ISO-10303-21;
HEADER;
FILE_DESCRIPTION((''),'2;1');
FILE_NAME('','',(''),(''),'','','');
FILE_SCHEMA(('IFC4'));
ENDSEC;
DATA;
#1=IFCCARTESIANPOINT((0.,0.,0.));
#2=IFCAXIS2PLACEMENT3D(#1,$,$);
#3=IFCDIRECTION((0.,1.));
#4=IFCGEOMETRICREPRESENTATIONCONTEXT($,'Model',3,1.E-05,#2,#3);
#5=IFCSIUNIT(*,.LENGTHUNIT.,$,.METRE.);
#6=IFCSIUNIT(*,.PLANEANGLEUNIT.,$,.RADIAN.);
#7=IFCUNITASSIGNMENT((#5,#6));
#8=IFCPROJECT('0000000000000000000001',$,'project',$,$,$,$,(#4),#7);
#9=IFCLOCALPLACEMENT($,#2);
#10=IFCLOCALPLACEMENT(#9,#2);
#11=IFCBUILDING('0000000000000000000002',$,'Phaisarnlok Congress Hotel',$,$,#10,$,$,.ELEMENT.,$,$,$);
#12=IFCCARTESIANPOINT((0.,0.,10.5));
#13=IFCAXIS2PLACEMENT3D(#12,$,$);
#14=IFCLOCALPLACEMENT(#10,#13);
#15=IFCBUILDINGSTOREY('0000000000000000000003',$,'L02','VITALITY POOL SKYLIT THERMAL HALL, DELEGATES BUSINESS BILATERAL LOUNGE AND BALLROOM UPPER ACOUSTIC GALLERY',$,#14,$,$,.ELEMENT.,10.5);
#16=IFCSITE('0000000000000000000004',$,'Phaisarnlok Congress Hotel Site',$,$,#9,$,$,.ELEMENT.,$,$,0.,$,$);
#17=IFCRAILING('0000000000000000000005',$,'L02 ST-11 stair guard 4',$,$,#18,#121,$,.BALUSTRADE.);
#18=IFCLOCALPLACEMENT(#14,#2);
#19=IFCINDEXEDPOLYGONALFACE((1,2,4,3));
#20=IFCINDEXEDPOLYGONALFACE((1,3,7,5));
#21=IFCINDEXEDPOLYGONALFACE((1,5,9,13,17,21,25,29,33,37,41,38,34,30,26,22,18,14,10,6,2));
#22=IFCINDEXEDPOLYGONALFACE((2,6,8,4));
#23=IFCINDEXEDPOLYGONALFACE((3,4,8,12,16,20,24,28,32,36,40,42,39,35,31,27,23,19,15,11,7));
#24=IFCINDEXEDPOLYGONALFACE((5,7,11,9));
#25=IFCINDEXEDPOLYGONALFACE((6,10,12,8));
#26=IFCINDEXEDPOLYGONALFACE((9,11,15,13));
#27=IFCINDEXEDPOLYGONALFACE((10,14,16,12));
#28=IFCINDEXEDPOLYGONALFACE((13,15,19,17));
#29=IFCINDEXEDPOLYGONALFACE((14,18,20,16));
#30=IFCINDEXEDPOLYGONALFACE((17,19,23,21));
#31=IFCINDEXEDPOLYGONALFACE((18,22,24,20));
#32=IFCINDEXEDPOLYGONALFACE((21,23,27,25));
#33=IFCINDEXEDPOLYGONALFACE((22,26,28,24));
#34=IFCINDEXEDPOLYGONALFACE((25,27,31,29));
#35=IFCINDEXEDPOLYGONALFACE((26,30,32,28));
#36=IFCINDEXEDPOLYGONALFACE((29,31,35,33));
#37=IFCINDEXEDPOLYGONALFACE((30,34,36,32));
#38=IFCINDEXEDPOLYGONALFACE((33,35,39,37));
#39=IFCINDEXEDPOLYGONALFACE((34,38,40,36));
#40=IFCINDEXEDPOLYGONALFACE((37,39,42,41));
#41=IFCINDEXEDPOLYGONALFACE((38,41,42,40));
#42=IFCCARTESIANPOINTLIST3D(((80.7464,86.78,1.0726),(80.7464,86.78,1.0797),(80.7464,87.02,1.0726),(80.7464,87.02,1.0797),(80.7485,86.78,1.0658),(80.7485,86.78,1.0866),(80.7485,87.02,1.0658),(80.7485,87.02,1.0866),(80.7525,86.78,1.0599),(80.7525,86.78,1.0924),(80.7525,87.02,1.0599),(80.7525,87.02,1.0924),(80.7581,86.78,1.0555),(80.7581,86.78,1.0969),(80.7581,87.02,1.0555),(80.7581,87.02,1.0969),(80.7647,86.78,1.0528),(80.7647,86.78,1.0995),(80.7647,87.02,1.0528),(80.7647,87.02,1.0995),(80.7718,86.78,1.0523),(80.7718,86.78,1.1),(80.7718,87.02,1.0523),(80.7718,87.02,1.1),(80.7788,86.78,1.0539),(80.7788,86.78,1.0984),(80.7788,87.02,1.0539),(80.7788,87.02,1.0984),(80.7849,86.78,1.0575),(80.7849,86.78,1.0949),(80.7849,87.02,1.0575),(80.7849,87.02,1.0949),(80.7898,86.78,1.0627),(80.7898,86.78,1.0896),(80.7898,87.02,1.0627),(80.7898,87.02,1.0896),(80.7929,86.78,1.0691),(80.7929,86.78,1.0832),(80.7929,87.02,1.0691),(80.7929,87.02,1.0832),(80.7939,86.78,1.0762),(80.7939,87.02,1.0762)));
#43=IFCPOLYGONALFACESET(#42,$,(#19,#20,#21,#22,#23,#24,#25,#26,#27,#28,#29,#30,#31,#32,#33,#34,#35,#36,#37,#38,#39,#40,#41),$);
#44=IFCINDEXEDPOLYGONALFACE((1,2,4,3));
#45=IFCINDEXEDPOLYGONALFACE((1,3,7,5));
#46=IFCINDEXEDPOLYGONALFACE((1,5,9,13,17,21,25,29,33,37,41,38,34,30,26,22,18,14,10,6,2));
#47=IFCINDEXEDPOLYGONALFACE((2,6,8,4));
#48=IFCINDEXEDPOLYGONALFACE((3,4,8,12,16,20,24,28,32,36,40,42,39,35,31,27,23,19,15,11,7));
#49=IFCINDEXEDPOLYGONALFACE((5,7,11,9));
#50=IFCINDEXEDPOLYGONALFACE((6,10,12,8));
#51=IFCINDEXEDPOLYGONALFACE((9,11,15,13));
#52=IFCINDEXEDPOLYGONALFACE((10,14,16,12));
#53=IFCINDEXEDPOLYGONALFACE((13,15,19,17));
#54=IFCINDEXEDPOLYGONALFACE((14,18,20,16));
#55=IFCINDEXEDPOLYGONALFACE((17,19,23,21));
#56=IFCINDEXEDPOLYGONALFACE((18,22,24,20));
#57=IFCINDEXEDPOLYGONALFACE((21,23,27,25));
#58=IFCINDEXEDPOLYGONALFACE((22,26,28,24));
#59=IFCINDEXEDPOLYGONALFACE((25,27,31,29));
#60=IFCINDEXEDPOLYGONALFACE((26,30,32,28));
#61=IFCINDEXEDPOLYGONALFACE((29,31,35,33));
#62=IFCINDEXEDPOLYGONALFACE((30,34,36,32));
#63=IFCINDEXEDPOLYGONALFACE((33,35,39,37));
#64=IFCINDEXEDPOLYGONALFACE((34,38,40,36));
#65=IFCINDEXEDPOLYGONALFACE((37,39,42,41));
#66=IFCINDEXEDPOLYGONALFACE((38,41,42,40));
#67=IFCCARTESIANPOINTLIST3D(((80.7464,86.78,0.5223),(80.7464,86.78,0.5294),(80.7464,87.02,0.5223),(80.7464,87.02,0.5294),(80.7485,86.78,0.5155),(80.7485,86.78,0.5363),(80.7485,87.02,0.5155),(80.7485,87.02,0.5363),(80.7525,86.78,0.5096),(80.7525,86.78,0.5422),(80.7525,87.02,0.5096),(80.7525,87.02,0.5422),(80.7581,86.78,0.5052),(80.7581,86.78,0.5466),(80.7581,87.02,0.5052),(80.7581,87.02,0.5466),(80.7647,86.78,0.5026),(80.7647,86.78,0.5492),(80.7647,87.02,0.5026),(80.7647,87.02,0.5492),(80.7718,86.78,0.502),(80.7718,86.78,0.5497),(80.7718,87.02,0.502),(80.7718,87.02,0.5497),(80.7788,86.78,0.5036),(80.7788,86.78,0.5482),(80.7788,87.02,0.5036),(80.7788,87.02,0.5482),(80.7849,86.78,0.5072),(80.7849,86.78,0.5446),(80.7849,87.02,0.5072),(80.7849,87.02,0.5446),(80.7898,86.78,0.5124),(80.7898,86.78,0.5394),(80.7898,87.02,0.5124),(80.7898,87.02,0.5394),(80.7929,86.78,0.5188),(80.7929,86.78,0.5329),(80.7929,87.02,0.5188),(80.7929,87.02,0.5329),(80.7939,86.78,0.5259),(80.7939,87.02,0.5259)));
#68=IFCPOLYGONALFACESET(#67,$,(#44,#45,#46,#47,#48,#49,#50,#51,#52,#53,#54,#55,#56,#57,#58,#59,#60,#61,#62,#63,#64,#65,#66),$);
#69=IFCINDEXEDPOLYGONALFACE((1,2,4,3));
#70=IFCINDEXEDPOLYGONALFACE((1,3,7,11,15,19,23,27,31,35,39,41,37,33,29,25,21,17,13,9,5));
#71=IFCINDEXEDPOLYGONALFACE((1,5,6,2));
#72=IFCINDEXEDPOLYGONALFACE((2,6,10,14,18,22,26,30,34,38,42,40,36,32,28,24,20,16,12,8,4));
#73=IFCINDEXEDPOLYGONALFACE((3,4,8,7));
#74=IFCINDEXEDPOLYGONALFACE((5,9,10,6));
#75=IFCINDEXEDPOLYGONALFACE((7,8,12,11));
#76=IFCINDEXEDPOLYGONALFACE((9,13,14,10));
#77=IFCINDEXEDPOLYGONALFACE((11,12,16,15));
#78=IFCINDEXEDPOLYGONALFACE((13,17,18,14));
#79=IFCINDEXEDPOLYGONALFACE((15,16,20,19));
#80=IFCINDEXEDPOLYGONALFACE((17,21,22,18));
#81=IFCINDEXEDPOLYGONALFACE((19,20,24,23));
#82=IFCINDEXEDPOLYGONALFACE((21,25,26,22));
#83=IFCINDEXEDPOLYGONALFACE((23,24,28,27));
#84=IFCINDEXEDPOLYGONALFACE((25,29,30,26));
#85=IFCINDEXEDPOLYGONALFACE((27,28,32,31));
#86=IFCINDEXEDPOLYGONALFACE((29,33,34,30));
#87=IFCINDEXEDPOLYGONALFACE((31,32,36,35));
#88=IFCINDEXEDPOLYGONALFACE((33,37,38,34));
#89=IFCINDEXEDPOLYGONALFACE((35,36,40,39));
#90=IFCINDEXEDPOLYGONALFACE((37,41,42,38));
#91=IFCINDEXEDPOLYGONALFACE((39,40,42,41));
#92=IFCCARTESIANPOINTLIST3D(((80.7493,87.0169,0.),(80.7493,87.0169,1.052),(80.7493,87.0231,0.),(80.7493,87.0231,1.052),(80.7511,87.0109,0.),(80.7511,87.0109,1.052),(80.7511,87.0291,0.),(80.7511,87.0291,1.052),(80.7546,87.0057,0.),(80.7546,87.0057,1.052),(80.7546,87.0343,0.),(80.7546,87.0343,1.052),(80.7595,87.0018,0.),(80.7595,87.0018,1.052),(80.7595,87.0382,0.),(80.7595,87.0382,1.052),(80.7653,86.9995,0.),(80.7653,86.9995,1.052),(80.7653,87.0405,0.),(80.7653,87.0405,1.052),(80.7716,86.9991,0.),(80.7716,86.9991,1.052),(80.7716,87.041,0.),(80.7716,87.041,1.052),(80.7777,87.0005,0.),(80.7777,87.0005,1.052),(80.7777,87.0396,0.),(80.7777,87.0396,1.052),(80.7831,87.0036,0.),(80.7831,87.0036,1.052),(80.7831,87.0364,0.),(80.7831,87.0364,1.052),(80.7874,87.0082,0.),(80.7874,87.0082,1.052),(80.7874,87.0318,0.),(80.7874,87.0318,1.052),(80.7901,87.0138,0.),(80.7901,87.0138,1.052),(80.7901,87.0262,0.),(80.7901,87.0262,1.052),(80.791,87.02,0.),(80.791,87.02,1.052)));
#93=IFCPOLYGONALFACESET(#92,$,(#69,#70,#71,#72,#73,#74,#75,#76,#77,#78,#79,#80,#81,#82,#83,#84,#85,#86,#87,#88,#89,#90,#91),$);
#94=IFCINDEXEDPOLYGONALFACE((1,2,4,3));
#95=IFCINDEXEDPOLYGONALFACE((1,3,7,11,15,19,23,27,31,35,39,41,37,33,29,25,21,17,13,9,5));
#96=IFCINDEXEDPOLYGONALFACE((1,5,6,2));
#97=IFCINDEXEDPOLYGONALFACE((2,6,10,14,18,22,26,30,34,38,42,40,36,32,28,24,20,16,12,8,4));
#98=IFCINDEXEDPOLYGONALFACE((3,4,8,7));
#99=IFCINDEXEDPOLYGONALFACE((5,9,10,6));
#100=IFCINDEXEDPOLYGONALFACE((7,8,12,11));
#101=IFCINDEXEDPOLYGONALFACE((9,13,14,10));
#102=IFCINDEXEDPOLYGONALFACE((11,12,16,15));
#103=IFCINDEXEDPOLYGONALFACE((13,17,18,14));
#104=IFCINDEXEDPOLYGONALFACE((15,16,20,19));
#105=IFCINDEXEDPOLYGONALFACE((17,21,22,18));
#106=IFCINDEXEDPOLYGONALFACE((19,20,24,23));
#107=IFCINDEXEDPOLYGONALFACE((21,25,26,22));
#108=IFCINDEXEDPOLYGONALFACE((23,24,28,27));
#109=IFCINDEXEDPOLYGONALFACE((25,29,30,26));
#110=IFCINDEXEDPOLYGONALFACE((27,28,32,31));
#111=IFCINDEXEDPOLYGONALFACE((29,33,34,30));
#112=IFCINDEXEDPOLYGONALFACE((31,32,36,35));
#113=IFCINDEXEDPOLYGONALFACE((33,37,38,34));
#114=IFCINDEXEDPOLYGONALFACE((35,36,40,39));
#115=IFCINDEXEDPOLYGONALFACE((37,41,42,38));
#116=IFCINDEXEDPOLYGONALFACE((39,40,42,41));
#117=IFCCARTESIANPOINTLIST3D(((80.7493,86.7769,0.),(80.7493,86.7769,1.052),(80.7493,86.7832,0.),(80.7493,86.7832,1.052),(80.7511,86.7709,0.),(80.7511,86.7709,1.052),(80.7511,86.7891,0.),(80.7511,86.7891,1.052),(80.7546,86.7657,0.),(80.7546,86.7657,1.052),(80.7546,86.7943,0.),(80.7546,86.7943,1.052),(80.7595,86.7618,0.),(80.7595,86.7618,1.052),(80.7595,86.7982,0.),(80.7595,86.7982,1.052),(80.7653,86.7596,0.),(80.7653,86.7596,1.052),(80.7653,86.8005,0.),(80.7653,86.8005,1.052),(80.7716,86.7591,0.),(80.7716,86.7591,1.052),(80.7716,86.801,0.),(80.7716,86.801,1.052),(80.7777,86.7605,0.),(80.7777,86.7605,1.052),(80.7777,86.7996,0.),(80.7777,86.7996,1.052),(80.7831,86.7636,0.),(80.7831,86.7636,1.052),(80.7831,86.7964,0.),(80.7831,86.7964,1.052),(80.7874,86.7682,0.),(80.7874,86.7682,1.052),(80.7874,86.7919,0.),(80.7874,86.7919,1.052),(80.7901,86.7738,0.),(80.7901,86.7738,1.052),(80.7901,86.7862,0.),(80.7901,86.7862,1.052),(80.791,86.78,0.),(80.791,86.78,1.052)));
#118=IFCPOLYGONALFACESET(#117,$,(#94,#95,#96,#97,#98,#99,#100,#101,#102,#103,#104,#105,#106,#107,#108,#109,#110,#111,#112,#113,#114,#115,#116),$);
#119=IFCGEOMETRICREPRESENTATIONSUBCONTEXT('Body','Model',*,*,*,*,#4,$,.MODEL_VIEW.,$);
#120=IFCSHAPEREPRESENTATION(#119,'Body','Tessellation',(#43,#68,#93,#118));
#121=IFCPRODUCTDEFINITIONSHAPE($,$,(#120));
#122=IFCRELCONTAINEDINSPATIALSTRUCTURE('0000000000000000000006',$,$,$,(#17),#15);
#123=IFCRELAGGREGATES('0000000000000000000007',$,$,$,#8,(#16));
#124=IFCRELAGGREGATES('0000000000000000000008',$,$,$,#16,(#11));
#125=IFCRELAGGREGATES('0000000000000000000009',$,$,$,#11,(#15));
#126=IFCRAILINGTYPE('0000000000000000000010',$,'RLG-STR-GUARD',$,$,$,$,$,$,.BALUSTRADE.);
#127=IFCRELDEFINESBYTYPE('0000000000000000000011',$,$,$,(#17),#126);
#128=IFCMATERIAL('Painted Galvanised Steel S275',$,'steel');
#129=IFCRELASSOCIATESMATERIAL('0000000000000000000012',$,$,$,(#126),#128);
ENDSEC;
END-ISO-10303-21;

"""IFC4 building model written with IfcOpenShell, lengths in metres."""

from ifc_helpers import new_model, si_unit, direction, frame, origin, origin_2d, place, context, subcontext, project, spatial, circle, extrude, material, type_object, element, save


model = new_model("IFC4")

# Units and contexts
model_context = context("Model", 3, precision=1e-05, world=origin(), true_north=direction((0.0, 1.0)))
body_context = subcontext(model_context, "Body", "Model", "MODEL_VIEW")
ifc_project = project(units=[si_unit("LENGTHUNIT", "METRE"), si_unit("PLANEANGLEUNIT", "RADIAN")], contexts=[model_context])

# Site, building, storey
site_placement = place(None, origin())
site = spatial("IfcSite", under=ifc_project, at=site_placement, Name="Phaisarnlok Congress Hotel Site", CompositionType="ELEMENT", RefElevation=0.0)
building_placement = place(site_placement, origin())
building = spatial("IfcBuilding", under=site, at=building_placement, Name="Phaisarnlok Congress Hotel", CompositionType="ELEMENT")
storey_placement = place(building_placement, frame((0.0, 0.0, 10.5)))
storey = spatial("IfcBuildingStorey", under=building, at=storey_placement, Name="L02", Description="VITALITY POOL SKYLIT THERMAL HALL, DELEGATES BUSINESS BILATERAL LOUNGE AND BALLROOM UPPER ACOUSTIC GALLERY", CompositionType="ELEMENT", Elevation=10.5)

# Railing
ifc_material_1 = material(Name="Painted Galvanised Steel S275", Category="steel")
railing_type_1 = type_object("IfcRailingType", Name="RLG-STR-GUARD", PredefinedType="BALUSTRADE", material=ifc_material_1)
railing_1_placement = place(storey_placement, frame((80.77, 87.02, 0.0)))
element("IfcRailing", 1, at=railing_1_placement, inside=storey, type_object=railing_type_1, Name="L02 ST-11 stair guard 4", PredefinedType="BALUSTRADE", context=body_context, shape_type="SweptSolid", body=[
    extrude(circle(Radius=0.0239, at=origin_2d()), frame((0.0, 0.0, 1.0762), z_axis=(0.0, -1.0, 0.0), x_axis=(1.0, 0.0, 0.0)), (0.0, 0.0, 1.0), 0.24),
    extrude(circle(Radius=0.0239, at=origin_2d()), frame((0.0, 0.0, 0.5259), z_axis=(0.0, -1.0, 0.0), x_axis=(1.0, 0.0, 0.0)), (0.0, 0.0, 1.0), 0.24),
    extrude(circle(Radius=0.021, at=origin_2d()), origin(), (0.0, 0.0, 1.0), 1.052),
    extrude(circle(Radius=0.021, at=origin_2d()), frame((0.0, -0.24, 0.0)), (0.0, 0.0, 1.0), 1.052),
])

save(model, "model.ifc")
